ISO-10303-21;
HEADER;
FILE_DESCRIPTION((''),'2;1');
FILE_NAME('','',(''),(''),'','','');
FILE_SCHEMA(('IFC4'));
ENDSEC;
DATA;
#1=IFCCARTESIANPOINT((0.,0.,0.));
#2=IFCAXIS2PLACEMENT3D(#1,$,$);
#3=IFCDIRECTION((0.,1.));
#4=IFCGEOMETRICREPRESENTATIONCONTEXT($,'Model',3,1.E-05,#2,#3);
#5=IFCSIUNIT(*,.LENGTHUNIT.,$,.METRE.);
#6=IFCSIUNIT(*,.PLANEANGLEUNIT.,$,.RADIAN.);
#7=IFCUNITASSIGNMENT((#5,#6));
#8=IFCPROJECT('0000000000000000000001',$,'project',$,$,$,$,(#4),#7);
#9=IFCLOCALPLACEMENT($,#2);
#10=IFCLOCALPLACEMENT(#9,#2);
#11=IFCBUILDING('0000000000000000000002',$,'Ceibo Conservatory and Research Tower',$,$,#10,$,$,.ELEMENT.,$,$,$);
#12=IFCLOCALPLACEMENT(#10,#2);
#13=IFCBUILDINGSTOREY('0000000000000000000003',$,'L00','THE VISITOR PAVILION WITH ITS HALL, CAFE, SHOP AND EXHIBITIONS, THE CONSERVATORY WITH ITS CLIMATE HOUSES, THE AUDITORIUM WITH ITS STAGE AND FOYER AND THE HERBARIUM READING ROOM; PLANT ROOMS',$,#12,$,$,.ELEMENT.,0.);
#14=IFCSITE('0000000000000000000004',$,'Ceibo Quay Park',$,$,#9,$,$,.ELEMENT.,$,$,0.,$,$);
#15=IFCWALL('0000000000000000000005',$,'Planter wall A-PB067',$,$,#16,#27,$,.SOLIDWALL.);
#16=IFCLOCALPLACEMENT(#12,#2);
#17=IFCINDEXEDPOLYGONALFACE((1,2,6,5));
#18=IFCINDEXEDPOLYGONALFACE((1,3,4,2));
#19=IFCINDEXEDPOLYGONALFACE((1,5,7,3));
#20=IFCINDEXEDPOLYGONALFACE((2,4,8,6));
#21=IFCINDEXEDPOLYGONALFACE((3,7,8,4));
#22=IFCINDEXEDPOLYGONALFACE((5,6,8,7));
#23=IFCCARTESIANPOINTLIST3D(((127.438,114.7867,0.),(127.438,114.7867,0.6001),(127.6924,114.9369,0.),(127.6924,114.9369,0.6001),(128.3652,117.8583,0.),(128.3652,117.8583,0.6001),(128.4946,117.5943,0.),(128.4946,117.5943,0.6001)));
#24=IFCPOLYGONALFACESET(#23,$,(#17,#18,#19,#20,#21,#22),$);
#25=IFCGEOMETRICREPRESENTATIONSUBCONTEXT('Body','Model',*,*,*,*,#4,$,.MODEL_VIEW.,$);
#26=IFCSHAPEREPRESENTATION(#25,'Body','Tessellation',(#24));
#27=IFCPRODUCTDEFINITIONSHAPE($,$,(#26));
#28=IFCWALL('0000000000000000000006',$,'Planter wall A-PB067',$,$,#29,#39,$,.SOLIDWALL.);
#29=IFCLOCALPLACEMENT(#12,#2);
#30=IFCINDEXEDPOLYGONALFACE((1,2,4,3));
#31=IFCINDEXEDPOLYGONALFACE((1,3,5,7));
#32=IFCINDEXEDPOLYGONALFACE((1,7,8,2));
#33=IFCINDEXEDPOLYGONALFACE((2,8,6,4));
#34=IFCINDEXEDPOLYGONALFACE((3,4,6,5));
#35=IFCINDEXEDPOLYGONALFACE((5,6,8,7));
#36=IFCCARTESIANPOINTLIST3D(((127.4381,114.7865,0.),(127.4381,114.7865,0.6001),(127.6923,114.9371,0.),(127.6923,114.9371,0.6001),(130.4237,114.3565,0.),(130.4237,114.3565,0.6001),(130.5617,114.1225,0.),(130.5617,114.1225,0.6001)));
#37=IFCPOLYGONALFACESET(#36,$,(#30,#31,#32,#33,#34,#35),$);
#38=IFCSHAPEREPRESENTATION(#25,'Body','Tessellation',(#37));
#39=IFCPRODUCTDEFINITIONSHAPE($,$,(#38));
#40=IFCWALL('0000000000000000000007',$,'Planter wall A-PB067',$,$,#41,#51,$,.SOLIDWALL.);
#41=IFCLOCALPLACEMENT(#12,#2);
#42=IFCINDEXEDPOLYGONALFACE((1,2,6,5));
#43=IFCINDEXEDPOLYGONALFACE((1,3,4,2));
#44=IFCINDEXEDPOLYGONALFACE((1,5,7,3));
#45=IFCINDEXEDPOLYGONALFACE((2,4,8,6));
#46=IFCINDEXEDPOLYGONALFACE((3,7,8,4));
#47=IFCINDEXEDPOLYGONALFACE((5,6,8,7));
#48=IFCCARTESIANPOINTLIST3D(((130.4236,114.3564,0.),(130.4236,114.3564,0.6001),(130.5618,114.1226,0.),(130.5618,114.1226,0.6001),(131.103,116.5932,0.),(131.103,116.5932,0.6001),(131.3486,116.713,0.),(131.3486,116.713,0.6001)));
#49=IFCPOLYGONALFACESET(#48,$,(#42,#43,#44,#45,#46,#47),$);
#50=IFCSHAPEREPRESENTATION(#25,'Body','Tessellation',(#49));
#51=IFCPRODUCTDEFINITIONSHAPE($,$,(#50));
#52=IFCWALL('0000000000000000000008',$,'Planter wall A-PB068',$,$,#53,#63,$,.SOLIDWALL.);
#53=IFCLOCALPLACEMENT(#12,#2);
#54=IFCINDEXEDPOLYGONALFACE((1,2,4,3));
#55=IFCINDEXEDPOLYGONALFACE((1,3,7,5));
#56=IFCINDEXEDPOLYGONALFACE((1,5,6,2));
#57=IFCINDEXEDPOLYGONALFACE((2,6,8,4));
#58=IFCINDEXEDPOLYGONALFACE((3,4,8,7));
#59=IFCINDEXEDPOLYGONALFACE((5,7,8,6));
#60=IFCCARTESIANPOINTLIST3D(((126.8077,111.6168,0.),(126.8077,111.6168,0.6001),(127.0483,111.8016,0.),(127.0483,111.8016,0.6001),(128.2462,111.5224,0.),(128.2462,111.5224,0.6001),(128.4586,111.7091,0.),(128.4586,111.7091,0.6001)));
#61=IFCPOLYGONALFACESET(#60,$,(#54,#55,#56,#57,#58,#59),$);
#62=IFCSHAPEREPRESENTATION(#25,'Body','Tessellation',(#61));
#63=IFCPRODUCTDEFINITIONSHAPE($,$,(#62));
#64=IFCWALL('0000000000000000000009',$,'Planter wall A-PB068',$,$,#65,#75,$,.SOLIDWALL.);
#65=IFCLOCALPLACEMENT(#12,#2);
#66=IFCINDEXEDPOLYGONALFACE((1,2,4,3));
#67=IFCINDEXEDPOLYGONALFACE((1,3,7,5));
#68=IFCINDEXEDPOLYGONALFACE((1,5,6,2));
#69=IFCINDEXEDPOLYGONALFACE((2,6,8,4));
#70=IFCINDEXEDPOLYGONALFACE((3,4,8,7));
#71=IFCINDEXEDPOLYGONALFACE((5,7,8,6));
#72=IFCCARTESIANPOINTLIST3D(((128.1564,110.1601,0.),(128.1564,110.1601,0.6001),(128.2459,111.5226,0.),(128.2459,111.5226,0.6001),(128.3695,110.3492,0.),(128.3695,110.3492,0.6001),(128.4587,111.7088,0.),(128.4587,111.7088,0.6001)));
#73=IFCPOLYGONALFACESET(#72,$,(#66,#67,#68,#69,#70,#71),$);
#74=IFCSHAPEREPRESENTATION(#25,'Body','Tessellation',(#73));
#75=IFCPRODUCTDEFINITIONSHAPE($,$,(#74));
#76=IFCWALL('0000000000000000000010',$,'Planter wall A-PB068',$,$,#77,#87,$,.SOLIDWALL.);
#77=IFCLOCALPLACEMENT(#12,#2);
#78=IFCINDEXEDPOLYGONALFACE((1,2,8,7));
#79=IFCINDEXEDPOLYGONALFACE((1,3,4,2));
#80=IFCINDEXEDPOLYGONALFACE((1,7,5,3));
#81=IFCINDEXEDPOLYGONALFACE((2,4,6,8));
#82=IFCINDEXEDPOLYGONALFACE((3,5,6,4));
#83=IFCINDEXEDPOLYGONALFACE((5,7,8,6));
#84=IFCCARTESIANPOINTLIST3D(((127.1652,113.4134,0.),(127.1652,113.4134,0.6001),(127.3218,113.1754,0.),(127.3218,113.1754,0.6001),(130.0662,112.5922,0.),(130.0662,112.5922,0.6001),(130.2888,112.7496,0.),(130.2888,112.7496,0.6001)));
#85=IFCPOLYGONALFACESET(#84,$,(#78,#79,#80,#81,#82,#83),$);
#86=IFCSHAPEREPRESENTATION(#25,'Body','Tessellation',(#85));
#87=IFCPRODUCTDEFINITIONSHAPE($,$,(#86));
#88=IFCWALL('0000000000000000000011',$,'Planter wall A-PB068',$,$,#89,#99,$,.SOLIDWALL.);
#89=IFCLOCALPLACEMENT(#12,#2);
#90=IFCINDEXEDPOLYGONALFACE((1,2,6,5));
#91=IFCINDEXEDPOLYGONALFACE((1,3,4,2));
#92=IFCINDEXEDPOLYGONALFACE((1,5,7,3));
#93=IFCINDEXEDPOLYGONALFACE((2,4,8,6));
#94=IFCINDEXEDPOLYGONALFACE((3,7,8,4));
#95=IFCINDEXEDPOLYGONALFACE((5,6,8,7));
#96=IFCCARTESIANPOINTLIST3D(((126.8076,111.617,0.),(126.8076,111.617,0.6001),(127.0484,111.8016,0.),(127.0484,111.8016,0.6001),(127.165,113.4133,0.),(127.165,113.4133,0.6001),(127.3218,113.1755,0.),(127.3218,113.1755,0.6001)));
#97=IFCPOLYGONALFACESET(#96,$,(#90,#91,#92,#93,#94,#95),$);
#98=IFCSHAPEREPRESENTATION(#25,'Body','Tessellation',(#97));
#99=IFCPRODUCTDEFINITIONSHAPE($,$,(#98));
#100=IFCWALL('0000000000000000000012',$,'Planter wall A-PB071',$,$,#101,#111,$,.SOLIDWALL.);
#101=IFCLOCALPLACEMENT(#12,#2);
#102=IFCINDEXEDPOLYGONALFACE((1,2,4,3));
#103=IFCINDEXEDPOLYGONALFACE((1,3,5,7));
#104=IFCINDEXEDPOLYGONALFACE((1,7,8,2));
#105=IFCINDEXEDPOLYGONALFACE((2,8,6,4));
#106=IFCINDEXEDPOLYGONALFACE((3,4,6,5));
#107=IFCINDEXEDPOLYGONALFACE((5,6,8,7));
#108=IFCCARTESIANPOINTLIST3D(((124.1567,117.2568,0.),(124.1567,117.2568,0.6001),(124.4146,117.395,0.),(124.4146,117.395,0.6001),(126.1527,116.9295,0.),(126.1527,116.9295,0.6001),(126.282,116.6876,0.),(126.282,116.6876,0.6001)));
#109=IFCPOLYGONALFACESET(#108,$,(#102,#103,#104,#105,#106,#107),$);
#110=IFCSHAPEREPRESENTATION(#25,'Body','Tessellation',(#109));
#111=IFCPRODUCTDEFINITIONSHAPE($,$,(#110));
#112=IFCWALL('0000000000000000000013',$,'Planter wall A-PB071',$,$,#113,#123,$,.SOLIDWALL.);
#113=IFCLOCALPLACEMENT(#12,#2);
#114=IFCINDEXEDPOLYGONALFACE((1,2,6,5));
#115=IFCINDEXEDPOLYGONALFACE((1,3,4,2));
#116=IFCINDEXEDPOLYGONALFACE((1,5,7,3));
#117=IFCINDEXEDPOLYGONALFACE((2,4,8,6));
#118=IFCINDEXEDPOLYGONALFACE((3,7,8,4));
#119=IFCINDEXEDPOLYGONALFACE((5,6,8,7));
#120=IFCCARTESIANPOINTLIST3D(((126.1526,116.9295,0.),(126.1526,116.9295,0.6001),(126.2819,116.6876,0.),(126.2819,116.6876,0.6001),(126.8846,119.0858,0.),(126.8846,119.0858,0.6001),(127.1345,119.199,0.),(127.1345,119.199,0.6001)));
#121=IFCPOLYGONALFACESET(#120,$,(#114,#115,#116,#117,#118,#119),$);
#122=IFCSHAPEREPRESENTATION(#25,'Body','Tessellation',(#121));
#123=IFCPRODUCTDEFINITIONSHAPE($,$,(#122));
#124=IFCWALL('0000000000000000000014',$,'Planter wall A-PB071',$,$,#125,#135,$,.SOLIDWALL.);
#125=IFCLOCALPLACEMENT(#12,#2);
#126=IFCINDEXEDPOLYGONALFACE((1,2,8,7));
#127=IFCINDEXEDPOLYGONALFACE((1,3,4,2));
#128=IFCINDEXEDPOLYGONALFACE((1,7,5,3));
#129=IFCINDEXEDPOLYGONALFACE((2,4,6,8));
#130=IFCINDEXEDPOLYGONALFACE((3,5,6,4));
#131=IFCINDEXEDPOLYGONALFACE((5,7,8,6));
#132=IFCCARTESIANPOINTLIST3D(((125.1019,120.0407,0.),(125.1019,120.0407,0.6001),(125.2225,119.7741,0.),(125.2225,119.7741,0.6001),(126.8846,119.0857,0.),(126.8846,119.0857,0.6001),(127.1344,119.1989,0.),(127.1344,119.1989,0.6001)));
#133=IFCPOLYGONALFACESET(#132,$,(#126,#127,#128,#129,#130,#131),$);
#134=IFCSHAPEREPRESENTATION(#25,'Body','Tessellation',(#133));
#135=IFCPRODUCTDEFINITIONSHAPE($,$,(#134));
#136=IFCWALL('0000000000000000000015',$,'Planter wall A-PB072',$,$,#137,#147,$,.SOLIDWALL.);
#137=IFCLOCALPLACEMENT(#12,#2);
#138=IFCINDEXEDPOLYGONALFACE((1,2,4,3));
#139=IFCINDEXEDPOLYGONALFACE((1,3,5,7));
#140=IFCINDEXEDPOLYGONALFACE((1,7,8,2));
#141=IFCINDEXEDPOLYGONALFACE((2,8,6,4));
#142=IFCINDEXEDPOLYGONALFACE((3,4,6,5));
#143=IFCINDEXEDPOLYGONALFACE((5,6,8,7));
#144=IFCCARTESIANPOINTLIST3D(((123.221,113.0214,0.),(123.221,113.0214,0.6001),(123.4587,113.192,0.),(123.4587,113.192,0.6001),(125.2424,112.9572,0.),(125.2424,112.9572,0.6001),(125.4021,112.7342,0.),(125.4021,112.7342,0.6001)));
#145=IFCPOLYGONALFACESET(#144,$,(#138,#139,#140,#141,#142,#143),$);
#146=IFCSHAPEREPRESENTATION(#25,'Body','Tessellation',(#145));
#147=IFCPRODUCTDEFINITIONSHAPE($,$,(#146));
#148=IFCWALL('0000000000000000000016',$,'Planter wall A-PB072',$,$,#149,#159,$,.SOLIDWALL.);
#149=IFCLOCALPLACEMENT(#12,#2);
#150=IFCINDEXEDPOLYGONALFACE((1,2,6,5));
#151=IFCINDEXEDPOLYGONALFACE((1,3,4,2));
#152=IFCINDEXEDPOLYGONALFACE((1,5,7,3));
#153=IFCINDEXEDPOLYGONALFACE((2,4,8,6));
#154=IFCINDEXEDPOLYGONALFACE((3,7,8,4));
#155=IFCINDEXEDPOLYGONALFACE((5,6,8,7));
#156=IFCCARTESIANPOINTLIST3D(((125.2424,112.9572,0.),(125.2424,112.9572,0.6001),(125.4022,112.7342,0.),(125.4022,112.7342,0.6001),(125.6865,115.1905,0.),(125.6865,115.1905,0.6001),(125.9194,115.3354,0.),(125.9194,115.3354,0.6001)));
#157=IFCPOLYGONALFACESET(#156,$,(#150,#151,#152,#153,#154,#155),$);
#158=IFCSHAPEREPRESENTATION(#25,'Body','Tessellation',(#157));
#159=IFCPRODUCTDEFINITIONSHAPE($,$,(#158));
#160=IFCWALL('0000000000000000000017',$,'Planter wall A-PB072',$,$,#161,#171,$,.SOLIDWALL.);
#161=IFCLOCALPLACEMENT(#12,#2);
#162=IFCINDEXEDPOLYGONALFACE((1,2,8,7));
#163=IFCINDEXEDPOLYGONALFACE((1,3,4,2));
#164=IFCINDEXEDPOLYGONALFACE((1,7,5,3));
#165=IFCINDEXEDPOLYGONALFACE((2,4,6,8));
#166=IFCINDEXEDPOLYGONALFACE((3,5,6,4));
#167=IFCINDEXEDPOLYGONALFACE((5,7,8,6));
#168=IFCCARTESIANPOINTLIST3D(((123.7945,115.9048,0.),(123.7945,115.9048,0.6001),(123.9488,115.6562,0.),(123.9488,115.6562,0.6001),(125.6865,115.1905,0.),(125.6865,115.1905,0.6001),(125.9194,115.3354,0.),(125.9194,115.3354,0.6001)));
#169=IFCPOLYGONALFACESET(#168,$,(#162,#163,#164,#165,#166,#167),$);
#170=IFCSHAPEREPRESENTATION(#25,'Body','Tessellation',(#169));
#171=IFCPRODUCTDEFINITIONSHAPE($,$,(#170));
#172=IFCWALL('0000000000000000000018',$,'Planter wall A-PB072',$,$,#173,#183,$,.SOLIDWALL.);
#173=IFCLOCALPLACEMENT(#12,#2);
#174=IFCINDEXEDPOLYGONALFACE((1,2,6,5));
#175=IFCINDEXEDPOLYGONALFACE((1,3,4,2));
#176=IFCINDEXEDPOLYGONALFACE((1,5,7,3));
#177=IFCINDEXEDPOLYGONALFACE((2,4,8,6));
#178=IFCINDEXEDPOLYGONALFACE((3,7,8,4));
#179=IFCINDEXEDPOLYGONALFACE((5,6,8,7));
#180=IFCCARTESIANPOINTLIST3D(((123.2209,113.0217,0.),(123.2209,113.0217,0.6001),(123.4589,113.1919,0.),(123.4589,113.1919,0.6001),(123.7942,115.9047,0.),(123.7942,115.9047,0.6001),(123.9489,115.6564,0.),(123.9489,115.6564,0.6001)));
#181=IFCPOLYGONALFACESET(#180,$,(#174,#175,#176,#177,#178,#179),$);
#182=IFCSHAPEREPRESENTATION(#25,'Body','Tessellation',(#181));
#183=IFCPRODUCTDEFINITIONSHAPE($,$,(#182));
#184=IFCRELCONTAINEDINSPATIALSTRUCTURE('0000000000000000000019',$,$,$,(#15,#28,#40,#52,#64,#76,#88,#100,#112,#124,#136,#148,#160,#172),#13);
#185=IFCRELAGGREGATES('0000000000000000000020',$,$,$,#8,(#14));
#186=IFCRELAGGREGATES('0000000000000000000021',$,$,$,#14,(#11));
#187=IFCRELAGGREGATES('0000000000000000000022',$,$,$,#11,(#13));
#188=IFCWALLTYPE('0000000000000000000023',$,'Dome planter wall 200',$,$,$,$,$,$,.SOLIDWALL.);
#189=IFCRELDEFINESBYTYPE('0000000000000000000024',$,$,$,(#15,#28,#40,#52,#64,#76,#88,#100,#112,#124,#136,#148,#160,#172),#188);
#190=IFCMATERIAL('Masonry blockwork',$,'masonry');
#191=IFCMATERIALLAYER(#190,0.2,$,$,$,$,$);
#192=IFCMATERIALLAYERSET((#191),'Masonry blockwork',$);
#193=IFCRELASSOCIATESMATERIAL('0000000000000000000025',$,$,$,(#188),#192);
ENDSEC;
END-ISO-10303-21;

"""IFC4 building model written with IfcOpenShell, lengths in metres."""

from ifc_helpers import new_model, si_unit, direction, frame, origin, place, context, subcontext, project, spatial, polyline, outline, extrude, material, layer, layer_set, type_object, element, save


model = new_model("IFC4")

# Units and contexts
model_context = context("Model", 3, precision=1e-05, world=origin(), true_north=direction((0.0, 1.0)))
body_context = subcontext(model_context, "Body", "Model", "MODEL_VIEW")
ifc_project = project(units=[si_unit("LENGTHUNIT", "METRE"), si_unit("PLANEANGLEUNIT", "RADIAN")], contexts=[model_context])

# Site, building, storey
site_placement = place(None, origin())
site = spatial("IfcSite", under=ifc_project, at=site_placement, Name="Ceibo Quay Park", CompositionType="ELEMENT", RefElevation=0.0)
building_placement = place(site_placement, origin())
building = spatial("IfcBuilding", under=site, at=building_placement, Name="Ceibo Conservatory and Research Tower", CompositionType="ELEMENT")
storey_placement = place(building_placement, origin())
storey = spatial("IfcBuildingStorey", under=building, at=storey_placement, Name="L00", Description="THE VISITOR PAVILION WITH ITS HALL, CAFE, SHOP AND EXHIBITIONS, THE CONSERVATORY WITH ITS CLIMATE HOUSES, THE AUDITORIUM WITH ITS STAGE AND FOYER AND THE HERBARIUM READING ROOM; PLANT ROOMS", CompositionType="ELEMENT", Elevation=0.0)

# Walls
ifc_material_1 = material(Name="Masonry blockwork", Category="masonry")
ifc_layer_1 = layer(ifc_material_1, 0.2)
ifc_layer_set_1 = layer_set([ifc_layer_1], Name="Masonry blockwork")
wall_type_1 = type_object("IfcWallType", Name="Dome planter wall 200", PredefinedType="SOLIDWALL", material=ifc_layer_set_1)
wall_1_placement = place(storey_placement, frame((128.4299, 117.7263, 0.0), z_axis=(0.0, 0.0, 1.0), x_axis=(-0.289002, -0.957329, 0.0)))
element("IfcWall", 1, at=wall_1_placement, inside=storey, type_object=wall_type_1, Name="Planter wall A-PB067", PredefinedType="SOLIDWALL", context=body_context, shape_type="SweptSolid", body=[
    extrude(outline(polyline([(-0.1077, -0.1001), (3.1008, -0.1001), (2.8835, 0.1001), (0.1077, 0.1001), (-0.1077, -0.1001)])), origin(), (0.0, 0.0, 1.0), 0.6001),
])
wall_2_placement = place(storey_placement, frame((127.5652, 114.8618, 0.0), z_axis=(0.0, 0.0, 1.0), x_axis=(0.978144, -0.20793, 0.0)))
element("IfcWall", 2, at=wall_2_placement, inside=storey, type_object=wall_type_1, Name="Planter wall A-PB067", PredefinedType="SOLIDWALL", context=body_context, shape_type="SweptSolid", body=[
    extrude(outline(polyline([(-0.1086, -0.1001), (3.0847, -0.1001), (2.9011, 0.1001), (0.1086, 0.1001), (-0.1086, -0.1001)])), origin(), (0.0, 0.0, 1.0), 0.6001),
])
wall_3_placement = place(storey_placement, frame((130.4927, 114.2395, 0.0), z_axis=(0.0, 0.0, 1.0), x_axis=(0.290649, 0.95683, 0.0)))
element("IfcWall", 3, at=wall_3_placement, inside=storey, type_object=wall_type_1, Name="Planter wall A-PB067", PredefinedType="SOLIDWALL", context=body_context, shape_type="SweptSolid", body=[
    extrude(outline(polyline([(-0.0918, -0.1001), (2.6155, -0.1001), (2.4294, 0.1001), (0.0918, 0.1001), (-0.0918, -0.1001)])), origin(), (0.0, 0.0, 1.0), 0.6001),
])
wall_4_placement = place(storey_placement, frame((126.928, 111.7092, 0.0), z_axis=(0.0, 0.0, 1.0), x_axis=(0.997852, -0.065509, 0.0)))
element("IfcWall", 4, at=wall_4_placement, inside=storey, type_object=wall_type_1, Name="Planter wall A-PB068", PredefinedType="SOLIDWALL", context=body_context, shape_type="SweptSolid", body=[
    extrude(outline(polyline([(-0.114, -0.1001), (1.3276, -0.1001), (1.5273, 0.1001), (0.114, 0.1001), (-0.114, -0.1001)])), origin(), (0.0, 0.0, 1.0), 0.6001),
])
wall_5_placement = place(storey_placement, frame((128.3523, 111.6157, 0.0), z_axis=(0.0, 0.0, 1.0), x_axis=(-0.065509, -0.997852, 0.0)))
element("IfcWall", 5, at=wall_5_placement, inside=storey, type_object=wall_type_1, Name="Planter wall A-PB068", PredefinedType="SOLIDWALL", context=body_context, shape_type="SweptSolid", body=[
    extrude(outline(polyline([(0.0999, -0.1001), (1.4653, -0.1001), (1.2627, 0.1001), (-0.0999, 0.1001), (0.0999, -0.1001)])), origin(), (0.0, 0.0, 1.0), 0.6001),
])
wall_6_placement = place(storey_placement, frame((130.1775, 112.6709, 0.0), z_axis=(0.0, 0.0, 1.0), x_axis=(-0.978156, 0.207872, 0.0)))
element("IfcWall", 6, at=wall_6_placement, inside=storey, type_object=wall_type_1, Name="Planter wall A-PB068", PredefinedType="SOLIDWALL", context=body_context, shape_type="SweptSolid", body=[
    extrude(outline(polyline([(-0.0925, -0.1001), (3.1008, -0.1001), (2.8982, 0.1001), (0.0925, 0.1001), (-0.0925, -0.1001)])), origin(), (0.0, 0.0, 1.0), 0.6001),
])
wall_7_placement = place(storey_placement, frame((127.2434, 113.2944, 0.0), z_axis=(0.0, 0.0, 1.0), x_axis=(-0.195157, -0.980772, 0.0)))
element("IfcWall", 7, at=wall_7_placement, inside=storey, type_object=wall_type_1, Name="Planter wall A-PB068", PredefinedType="SOLIDWALL", context=body_context, shape_type="SweptSolid", body=[
    extrude(outline(polyline([(-0.1013, -0.1001), (1.7302, -0.1001), (1.5022, 0.1001), (0.1013, 0.1001), (-0.1013, -0.1001)])), origin(), (0.0, 0.0, 1.0), 0.6001),
])
wall_8_placement = place(storey_placement, frame((124.2856, 117.3259, 0.0), z_axis=(0.0, 0.0, 1.0), x_axis=(0.965957, -0.258704, 0.0)))
element("IfcWall", 8, at=wall_8_placement, inside=storey, type_object=wall_type_1, Name="Planter wall A-PB071", PredefinedType="SOLIDWALL", context=body_context, shape_type="SweptSolid", body=[
    extrude(outline(polyline([(-0.1067, -0.1001), (2.0935, -0.1001), (1.906, 0.1001), (0.1067, 0.1001), (-0.1067, -0.1001)])), origin(), (0.0, 0.0, 1.0), 0.6001),
])
wall_9_placement = place(storey_placement, frame((126.2173, 116.8086, 0.0), z_axis=(0.0, 0.0, 1.0), x_axis=(0.321453, 0.946925, 0.0)))
element("IfcWall", 9, at=wall_9_placement, inside=storey, type_object=wall_type_1, Name="Planter wall A-PB071", PredefinedType="SOLIDWALL", context=body_context, shape_type="SweptSolid", body=[
    extrude(outline(polyline([(-0.0938, -0.1001), (2.5583, -0.1001), (2.3708, 0.1001), (0.0938, 0.1001), (-0.0938, -0.1001)])), origin(), (0.0, 0.0, 1.0), 0.6001),
])
wall_10_placement = place(storey_placement, frame((127.0095, 119.1423, 0.0), z_axis=(0.0, 0.0, 1.0), x_axis=(-0.923895, 0.382647, 0.0)))
element("IfcWall", 10, at=wall_10_placement, inside=storey, type_object=wall_type_1, Name="Planter wall A-PB071", PredefinedType="SOLIDWALL", context=body_context, shape_type="SweptSolid", body=[
    extrude(outline(polyline([(-0.0938, -0.1001), (2.1062, -0.1001), (1.8928, 0.1001), (0.0938, 0.1001), (-0.0938, -0.1001)])), origin(), (0.0, 0.0, 1.0), 0.6001),
])
wall_11_placement = place(storey_placement, frame((123.3398, 113.1067, 0.0), z_axis=(0.0, 0.0, 1.0), x_axis=(0.991445, -0.130524, 0.0)))
element("IfcWall", 11, at=wall_11_placement, inside=storey, type_object=wall_type_1, Name="Planter wall A-PB072", PredefinedType="SOLIDWALL", context=body_context, shape_type="SweptSolid", body=[
    extrude(outline(polyline([(-0.1067, -0.1001), (2.0933, -0.1001), (1.9058, 0.1001), (0.1067, 0.1001), (-0.1067, -0.1001)])), origin(), (0.0, 0.0, 1.0), 0.6001),
])
wall_12_placement = place(storey_placement, frame((125.3223, 112.8457, 0.0), z_axis=(0.0, 0.0, 1.0), x_axis=(0.195049, 0.980793, 0.0)))
element("IfcWall", 12, at=wall_12_placement, inside=storey, type_object=wall_type_1, Name="Planter wall A-PB072", PredefinedType="SOLIDWALL", context=body_context, shape_type="SweptSolid", body=[
    extrude(outline(polyline([(-0.0938, -0.1001), (2.5583, -0.1001), (2.3708, 0.1001), (0.0938, 0.1001), (-0.0938, -0.1001)])), origin(), (0.0, 0.0, 1.0), 0.6001),
])
wall_13_placement = place(storey_placement, frame((125.803, 115.2629, 0.0), z_axis=(0.0, 0.0, 1.0), x_axis=(-0.965918, 0.258848, 0.0)))
element("IfcWall", 13, at=wall_13_placement, inside=storey, type_object=wall_type_1, Name="Planter wall A-PB072", PredefinedType="SOLIDWALL", context=body_context, shape_type="SweptSolid", body=[
    extrude(outline(polyline([(-0.0938, -0.1001), (2.1062, -0.1001), (1.8928, 0.1001), (0.0938, 0.1001), (-0.0938, -0.1001)])), origin(), (0.0, 0.0, 1.0), 0.6001),
])
wall_14_placement = place(storey_placement, frame((123.8716, 115.7805, 0.0), z_axis=(0.0, 0.0, 1.0), x_axis=(-0.195048, -0.980794, 0.0)))
element("IfcWall", 14, at=wall_14_placement, inside=storey, type_object=wall_type_1, Name="Planter wall A-PB072", PredefinedType="SOLIDWALL", context=body_context, shape_type="SweptSolid", body=[
    extrude(outline(polyline([(-0.1067, -0.1001), (2.8328, -0.1001), (2.6194, 0.1001), (0.1067, 0.1001), (-0.1067, -0.1001)])), origin(), (0.0, 0.0, 1.0), 0.6001),
])

save(model, "model.ifc")
